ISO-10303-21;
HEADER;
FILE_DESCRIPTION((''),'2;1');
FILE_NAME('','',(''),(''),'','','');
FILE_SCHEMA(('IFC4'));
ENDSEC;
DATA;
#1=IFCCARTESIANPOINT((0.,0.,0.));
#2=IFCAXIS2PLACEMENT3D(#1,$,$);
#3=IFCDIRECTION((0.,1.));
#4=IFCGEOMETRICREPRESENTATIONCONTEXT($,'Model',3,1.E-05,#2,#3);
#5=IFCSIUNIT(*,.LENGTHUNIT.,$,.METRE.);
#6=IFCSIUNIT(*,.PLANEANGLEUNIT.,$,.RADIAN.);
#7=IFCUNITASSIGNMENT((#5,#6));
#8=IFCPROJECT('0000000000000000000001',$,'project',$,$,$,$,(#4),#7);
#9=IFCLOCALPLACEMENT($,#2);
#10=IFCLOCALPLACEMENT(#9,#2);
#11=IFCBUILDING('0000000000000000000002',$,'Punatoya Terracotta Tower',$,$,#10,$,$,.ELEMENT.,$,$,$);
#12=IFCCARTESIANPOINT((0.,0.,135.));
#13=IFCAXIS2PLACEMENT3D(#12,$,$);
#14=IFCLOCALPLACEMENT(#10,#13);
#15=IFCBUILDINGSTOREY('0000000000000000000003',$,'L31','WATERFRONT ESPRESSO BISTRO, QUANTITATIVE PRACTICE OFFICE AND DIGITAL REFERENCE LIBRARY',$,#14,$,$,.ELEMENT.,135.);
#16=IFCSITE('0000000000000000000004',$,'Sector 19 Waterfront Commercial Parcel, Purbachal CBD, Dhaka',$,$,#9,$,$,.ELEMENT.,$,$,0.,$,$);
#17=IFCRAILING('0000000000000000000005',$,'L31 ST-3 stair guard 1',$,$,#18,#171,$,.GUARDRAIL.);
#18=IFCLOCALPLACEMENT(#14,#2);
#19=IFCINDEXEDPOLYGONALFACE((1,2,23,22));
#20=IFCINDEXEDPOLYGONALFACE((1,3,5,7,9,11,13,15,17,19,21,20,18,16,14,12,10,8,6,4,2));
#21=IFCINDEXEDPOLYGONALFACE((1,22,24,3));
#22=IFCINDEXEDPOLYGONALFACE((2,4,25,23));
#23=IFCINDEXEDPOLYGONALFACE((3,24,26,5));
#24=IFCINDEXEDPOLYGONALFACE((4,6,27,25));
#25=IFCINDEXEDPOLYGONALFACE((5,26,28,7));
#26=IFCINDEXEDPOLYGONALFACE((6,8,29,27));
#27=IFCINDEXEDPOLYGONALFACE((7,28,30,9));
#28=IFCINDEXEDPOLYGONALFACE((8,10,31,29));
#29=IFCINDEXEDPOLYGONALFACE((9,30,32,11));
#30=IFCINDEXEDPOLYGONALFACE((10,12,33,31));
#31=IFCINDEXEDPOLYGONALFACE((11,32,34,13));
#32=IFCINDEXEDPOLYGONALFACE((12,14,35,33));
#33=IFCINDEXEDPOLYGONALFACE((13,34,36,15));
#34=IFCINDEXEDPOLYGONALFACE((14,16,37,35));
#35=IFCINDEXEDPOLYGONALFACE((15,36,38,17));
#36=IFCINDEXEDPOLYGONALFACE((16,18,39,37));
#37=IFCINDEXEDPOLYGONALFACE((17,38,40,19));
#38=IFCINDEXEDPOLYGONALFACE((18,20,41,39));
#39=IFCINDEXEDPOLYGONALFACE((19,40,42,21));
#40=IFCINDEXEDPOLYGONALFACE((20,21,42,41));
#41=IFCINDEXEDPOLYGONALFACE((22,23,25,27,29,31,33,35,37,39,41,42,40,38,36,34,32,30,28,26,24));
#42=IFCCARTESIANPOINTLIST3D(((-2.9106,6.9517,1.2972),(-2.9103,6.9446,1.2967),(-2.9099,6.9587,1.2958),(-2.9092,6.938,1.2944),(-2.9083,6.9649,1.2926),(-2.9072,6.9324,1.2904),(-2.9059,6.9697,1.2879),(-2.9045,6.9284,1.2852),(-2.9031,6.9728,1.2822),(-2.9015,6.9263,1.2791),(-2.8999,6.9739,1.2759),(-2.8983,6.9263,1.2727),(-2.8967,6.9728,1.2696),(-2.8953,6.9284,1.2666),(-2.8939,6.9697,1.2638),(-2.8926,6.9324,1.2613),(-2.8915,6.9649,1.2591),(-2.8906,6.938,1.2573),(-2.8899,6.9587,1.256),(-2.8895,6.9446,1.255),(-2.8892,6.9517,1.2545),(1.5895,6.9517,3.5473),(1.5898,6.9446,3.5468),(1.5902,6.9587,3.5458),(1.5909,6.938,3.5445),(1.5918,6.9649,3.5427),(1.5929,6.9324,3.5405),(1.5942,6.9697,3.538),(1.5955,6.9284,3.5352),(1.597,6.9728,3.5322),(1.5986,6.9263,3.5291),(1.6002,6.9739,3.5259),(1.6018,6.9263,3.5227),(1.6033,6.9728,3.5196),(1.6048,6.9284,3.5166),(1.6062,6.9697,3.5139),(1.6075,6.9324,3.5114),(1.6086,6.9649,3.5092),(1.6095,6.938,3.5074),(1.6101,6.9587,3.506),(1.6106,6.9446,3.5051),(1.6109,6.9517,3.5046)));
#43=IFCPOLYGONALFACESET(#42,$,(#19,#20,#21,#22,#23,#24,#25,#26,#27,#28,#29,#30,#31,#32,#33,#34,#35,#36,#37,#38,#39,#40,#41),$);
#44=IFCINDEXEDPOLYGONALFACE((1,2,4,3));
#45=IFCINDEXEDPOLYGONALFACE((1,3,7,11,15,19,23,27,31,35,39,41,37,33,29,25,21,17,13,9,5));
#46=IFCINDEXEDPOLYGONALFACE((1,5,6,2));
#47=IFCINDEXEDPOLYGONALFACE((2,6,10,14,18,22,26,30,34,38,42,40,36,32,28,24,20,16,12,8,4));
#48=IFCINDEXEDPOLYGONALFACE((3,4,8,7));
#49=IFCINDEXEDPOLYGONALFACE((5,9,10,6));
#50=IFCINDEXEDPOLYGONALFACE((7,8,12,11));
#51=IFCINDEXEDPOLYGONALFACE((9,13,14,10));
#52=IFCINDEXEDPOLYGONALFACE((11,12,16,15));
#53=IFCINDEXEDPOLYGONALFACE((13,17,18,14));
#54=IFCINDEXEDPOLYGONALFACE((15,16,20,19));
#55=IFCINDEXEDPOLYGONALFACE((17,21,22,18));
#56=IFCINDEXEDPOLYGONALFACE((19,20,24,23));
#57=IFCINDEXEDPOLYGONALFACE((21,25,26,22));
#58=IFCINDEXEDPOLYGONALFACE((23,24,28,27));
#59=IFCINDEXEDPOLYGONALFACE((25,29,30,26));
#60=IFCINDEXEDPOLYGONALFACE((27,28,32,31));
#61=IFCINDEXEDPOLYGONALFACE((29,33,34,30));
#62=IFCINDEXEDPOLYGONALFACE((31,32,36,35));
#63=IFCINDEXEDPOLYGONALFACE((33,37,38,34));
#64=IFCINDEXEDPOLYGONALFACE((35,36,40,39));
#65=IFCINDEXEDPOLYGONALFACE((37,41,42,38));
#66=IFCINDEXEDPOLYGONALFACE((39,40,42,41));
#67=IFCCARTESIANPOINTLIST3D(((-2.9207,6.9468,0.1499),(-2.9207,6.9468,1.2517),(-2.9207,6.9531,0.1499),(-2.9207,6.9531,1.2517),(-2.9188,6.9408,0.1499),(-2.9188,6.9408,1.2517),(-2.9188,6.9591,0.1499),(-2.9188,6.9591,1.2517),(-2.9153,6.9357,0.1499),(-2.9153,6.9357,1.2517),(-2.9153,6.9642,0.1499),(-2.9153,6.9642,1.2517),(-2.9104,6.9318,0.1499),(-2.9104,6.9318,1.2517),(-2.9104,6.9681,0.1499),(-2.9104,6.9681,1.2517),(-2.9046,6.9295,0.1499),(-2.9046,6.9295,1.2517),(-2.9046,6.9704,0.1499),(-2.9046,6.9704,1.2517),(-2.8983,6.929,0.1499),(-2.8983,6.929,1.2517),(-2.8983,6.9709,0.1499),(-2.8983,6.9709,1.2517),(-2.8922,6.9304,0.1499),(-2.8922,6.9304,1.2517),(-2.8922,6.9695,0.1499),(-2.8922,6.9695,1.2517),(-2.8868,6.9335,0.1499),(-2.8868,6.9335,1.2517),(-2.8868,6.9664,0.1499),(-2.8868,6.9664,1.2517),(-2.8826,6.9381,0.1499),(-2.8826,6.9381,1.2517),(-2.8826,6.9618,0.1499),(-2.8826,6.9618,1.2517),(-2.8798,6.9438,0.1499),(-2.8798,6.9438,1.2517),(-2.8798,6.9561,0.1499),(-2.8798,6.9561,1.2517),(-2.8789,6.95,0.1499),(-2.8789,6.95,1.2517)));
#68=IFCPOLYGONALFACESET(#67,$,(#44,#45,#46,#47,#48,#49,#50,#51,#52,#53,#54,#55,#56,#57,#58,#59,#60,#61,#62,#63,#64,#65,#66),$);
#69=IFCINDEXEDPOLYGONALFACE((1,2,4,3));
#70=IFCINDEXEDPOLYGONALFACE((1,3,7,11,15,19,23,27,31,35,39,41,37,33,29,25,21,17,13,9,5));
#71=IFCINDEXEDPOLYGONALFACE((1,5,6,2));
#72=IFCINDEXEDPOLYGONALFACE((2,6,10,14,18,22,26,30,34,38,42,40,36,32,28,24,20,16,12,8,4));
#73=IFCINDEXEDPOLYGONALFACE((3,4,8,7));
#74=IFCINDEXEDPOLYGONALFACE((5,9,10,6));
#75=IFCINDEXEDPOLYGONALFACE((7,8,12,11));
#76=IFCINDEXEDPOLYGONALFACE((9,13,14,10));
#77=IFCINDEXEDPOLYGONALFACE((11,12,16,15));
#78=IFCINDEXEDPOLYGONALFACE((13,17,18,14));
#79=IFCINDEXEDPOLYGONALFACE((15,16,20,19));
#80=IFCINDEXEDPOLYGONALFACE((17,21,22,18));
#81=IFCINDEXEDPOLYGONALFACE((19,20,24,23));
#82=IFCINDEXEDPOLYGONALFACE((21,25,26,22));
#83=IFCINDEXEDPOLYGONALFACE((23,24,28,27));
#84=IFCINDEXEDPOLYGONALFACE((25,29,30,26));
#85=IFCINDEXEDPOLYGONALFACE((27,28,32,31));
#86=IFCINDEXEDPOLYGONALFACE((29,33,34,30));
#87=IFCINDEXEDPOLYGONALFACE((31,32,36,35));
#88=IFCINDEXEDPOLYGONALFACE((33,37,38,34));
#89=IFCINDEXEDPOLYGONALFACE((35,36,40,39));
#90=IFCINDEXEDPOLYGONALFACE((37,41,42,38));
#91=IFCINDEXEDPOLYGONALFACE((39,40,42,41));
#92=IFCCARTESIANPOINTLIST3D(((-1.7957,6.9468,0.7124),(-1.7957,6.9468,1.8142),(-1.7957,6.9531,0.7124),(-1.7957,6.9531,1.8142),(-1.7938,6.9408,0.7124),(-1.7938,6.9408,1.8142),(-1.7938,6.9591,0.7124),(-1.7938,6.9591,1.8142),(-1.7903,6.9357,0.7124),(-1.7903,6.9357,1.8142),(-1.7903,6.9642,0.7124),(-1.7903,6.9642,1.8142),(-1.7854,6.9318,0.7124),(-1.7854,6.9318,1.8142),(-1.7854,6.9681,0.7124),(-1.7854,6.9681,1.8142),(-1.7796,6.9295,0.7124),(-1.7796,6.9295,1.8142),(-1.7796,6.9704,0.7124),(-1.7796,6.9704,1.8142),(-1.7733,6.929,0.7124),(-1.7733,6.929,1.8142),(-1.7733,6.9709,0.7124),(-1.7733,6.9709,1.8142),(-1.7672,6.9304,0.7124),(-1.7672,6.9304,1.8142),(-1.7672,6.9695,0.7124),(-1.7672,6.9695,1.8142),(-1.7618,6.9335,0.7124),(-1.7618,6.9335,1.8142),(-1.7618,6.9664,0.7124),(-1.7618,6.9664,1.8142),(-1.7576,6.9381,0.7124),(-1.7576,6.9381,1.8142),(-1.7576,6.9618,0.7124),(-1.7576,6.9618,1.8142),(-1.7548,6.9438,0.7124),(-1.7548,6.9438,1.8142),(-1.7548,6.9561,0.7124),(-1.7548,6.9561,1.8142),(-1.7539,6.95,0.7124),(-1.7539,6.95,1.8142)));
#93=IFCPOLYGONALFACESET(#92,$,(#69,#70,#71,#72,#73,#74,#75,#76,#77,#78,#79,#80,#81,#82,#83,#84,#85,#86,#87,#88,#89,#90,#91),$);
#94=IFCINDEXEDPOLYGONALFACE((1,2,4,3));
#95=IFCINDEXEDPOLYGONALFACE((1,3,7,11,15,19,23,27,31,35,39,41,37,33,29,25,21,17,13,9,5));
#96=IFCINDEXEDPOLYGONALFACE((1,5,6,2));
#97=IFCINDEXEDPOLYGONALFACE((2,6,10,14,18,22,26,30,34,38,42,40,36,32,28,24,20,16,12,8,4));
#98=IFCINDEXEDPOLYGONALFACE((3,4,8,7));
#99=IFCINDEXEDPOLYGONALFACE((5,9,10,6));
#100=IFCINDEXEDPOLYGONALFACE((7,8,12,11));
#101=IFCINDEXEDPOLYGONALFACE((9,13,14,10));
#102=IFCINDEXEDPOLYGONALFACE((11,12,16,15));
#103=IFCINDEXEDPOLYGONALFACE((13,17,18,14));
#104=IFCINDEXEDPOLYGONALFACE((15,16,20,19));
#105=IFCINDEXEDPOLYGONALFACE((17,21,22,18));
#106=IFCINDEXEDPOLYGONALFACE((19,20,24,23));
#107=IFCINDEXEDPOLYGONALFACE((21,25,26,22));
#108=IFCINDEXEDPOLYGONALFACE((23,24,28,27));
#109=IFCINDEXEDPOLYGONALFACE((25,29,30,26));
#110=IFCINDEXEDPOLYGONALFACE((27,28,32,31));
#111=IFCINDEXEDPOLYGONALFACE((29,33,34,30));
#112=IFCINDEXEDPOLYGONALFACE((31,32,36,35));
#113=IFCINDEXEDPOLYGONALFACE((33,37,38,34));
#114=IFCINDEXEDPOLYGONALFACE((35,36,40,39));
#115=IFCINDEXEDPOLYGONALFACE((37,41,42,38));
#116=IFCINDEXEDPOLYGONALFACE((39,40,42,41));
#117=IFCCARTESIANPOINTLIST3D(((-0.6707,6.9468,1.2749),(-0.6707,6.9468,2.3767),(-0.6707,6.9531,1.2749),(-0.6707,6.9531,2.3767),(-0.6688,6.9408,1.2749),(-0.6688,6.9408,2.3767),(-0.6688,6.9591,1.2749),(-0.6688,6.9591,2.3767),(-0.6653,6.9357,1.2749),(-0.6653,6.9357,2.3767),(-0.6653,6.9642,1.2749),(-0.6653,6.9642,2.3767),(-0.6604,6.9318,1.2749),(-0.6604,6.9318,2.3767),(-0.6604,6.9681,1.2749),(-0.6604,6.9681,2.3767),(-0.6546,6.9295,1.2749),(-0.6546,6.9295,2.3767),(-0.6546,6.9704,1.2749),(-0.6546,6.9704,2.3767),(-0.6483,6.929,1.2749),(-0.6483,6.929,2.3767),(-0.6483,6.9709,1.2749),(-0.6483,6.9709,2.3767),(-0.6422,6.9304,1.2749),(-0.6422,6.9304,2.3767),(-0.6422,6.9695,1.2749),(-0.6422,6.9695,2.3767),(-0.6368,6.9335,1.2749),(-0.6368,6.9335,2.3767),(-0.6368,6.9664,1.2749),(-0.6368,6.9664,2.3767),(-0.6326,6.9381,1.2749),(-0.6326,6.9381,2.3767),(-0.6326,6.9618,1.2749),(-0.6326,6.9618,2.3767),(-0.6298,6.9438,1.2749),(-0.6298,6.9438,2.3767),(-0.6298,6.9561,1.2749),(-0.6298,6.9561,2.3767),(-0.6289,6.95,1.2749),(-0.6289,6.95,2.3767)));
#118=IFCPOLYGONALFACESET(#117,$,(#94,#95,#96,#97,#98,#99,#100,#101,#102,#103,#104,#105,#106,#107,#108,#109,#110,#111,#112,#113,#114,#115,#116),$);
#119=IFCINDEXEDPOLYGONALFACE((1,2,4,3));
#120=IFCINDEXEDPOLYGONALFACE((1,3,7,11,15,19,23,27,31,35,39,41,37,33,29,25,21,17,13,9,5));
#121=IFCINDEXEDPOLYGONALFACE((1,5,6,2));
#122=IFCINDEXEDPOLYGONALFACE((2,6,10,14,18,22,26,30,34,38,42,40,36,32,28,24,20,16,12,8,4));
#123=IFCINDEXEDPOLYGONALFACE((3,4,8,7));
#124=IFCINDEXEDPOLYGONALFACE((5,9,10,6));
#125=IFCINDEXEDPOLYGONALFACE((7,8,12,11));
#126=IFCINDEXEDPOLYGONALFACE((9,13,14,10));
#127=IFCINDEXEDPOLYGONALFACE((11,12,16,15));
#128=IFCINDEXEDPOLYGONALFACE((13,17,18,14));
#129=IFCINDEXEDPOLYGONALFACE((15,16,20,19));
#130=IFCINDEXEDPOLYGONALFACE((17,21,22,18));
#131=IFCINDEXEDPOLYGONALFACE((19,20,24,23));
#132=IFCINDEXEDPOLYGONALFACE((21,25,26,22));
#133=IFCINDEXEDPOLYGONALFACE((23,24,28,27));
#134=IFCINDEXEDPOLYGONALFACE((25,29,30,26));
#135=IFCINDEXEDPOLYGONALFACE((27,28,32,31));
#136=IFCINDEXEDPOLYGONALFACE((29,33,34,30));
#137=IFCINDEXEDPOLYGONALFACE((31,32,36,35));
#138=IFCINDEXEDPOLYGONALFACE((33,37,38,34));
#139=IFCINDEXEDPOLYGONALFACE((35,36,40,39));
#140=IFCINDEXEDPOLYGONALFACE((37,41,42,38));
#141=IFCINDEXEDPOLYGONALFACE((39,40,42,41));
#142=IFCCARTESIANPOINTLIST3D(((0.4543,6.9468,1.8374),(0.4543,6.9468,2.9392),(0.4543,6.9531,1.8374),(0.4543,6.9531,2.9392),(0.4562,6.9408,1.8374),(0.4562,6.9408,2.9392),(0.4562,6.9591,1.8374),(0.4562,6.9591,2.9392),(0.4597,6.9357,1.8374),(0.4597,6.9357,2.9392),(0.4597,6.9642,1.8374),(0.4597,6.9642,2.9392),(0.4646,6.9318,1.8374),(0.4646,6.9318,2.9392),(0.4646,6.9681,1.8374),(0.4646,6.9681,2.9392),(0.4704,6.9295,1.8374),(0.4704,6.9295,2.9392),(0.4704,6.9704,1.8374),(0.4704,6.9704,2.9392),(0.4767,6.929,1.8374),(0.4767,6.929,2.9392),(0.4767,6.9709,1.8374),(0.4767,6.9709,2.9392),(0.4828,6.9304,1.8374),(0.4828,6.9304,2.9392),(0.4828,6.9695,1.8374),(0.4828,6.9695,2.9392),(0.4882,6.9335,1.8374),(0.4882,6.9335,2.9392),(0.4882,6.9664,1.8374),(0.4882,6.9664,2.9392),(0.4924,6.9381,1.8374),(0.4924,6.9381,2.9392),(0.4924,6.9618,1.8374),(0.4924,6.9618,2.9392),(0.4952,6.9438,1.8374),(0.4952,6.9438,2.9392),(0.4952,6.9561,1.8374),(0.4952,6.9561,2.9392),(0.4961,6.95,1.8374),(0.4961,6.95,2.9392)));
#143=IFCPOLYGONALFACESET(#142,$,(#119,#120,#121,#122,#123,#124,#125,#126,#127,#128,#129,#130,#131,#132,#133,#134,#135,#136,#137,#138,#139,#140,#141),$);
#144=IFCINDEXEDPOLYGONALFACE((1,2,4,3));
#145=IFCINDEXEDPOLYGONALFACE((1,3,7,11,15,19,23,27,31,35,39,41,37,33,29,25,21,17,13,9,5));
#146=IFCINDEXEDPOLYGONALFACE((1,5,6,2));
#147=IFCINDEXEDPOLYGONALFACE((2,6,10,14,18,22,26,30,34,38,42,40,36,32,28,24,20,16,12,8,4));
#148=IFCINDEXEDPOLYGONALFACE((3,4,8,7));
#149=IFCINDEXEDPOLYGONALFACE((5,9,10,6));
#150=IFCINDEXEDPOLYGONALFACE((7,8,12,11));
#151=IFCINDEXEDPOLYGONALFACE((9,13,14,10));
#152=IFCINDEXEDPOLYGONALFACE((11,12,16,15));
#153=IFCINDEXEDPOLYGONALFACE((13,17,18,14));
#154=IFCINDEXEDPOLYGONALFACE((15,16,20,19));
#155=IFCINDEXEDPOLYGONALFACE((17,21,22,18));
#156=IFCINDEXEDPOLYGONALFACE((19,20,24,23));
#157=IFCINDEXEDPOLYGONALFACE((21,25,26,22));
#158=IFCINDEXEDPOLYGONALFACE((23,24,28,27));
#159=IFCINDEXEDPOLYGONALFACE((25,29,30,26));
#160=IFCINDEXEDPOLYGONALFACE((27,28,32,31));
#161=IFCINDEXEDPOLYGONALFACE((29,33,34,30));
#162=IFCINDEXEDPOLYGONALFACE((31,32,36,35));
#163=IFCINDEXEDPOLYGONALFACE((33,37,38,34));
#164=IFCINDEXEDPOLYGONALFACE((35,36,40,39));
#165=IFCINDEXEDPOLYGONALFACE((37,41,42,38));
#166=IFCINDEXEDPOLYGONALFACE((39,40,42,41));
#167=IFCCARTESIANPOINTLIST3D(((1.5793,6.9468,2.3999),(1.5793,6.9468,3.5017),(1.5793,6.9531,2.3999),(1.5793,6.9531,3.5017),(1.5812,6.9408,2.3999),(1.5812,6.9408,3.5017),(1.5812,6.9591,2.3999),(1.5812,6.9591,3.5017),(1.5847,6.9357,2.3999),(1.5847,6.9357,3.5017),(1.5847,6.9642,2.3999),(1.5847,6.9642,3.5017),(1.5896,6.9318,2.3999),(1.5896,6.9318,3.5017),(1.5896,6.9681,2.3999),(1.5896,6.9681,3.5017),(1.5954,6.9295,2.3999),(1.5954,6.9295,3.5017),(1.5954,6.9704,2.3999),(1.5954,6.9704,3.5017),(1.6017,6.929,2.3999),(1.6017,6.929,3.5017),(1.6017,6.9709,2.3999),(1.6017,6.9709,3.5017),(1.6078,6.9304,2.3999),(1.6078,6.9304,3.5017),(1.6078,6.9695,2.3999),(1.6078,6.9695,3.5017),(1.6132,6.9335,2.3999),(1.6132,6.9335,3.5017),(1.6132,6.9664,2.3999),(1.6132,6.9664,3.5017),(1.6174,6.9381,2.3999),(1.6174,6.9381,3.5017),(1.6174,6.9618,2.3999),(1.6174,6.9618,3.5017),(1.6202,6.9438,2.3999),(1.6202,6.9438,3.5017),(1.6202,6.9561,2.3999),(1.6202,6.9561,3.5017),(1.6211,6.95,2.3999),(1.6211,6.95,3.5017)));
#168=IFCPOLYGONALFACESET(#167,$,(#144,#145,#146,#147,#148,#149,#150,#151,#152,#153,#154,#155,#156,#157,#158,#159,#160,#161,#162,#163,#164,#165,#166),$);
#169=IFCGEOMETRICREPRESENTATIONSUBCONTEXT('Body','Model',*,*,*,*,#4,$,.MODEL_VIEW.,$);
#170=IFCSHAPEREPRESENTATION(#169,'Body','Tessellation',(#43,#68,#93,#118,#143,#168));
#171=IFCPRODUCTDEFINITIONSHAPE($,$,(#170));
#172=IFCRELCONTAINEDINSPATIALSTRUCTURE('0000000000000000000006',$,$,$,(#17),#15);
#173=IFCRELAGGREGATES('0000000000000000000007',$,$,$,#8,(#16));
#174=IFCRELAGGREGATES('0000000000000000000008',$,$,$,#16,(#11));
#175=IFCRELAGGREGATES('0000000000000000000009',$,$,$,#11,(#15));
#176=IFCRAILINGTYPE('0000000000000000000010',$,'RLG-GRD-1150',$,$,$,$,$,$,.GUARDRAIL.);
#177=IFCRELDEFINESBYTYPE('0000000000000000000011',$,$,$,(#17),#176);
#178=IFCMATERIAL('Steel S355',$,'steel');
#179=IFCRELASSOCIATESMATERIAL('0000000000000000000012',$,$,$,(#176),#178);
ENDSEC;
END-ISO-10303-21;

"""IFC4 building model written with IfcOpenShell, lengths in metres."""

from ifc_helpers import new_model, si_unit, direction, frame, origin, origin_2d, place, context, subcontext, project, spatial, circle, extrude, material, type_object, element, save


model = new_model("IFC4")

# Units and contexts
model_context = context("Model", 3, precision=1e-05, world=origin(), true_north=direction((0.0, 1.0)))
body_context = subcontext(model_context, "Body", "Model", "MODEL_VIEW")
ifc_project = project(units=[si_unit("LENGTHUNIT", "METRE"), si_unit("PLANEANGLEUNIT", "RADIAN")], contexts=[model_context])

# Site, building, storey
site_placement = place(None, origin())
site = spatial("IfcSite", under=ifc_project, at=site_placement, Name="Sector 19 Waterfront Commercial Parcel, Purbachal CBD, Dhaka", CompositionType="ELEMENT", RefElevation=0.0)
building_placement = place(site_placement, origin())
building = spatial("IfcBuilding", under=site, at=building_placement, Name="Punatoya Terracotta Tower", CompositionType="ELEMENT")
storey_placement = place(building_placement, frame((0.0, 0.0, 135.0)))
storey = spatial("IfcBuildingStorey", under=building, at=storey_placement, Name="L31", Description="WATERFRONT ESPRESSO BISTRO, QUANTITATIVE PRACTICE OFFICE AND DIGITAL REFERENCE LIBRARY", CompositionType="ELEMENT", Elevation=135.0)

# Shared definitions
ifc_material_1 = material(Name="Steel S355", Category="steel")

# Railing
railing_type = type_object("IfcRailingType", Name="RLG-GRD-1150", PredefinedType="GUARDRAIL", material=ifc_material_1)
railing_1_placement = place(storey_placement, frame((-2.8999, 6.95, 0.1499)))
element("IfcRailing", 1, at=railing_1_placement, inside=storey, type_object=railing_type, Name="L31 ST-3 stair guard 1", PredefinedType="GUARDRAIL", context=body_context, shape_type="SweptSolid", body=[
    extrude(circle(Radius=0.0239, at=origin_2d()), frame((0.0, 0.0, 1.126), z_axis=(0.894427, 0.0, 0.447214), x_axis=(0.0, 1.0, 0.0)), (0.0, 0.0, 1.0), 5.0312),
    extrude(circle(Radius=0.021, at=origin_2d()), origin(), (0.0, 0.0, 1.0), 1.1018),
    extrude(circle(Radius=0.021, at=origin_2d()), frame((1.125, 0.0, 0.5625)), (0.0, 0.0, 1.0), 1.1018),
    extrude(circle(Radius=0.021, at=origin_2d()), frame((2.25, 0.0, 1.125)), (0.0, 0.0, 1.0), 1.1018),
    extrude(circle(Radius=0.021, at=origin_2d()), frame((3.375, 0.0, 1.6875)), (0.0, 0.0, 1.0), 1.1018),
    extrude(circle(Radius=0.021, at=origin_2d()), frame((4.5, 0.0, 2.25)), (0.0, 0.0, 1.0), 1.1018),
])

save(model, "model.ifc")
